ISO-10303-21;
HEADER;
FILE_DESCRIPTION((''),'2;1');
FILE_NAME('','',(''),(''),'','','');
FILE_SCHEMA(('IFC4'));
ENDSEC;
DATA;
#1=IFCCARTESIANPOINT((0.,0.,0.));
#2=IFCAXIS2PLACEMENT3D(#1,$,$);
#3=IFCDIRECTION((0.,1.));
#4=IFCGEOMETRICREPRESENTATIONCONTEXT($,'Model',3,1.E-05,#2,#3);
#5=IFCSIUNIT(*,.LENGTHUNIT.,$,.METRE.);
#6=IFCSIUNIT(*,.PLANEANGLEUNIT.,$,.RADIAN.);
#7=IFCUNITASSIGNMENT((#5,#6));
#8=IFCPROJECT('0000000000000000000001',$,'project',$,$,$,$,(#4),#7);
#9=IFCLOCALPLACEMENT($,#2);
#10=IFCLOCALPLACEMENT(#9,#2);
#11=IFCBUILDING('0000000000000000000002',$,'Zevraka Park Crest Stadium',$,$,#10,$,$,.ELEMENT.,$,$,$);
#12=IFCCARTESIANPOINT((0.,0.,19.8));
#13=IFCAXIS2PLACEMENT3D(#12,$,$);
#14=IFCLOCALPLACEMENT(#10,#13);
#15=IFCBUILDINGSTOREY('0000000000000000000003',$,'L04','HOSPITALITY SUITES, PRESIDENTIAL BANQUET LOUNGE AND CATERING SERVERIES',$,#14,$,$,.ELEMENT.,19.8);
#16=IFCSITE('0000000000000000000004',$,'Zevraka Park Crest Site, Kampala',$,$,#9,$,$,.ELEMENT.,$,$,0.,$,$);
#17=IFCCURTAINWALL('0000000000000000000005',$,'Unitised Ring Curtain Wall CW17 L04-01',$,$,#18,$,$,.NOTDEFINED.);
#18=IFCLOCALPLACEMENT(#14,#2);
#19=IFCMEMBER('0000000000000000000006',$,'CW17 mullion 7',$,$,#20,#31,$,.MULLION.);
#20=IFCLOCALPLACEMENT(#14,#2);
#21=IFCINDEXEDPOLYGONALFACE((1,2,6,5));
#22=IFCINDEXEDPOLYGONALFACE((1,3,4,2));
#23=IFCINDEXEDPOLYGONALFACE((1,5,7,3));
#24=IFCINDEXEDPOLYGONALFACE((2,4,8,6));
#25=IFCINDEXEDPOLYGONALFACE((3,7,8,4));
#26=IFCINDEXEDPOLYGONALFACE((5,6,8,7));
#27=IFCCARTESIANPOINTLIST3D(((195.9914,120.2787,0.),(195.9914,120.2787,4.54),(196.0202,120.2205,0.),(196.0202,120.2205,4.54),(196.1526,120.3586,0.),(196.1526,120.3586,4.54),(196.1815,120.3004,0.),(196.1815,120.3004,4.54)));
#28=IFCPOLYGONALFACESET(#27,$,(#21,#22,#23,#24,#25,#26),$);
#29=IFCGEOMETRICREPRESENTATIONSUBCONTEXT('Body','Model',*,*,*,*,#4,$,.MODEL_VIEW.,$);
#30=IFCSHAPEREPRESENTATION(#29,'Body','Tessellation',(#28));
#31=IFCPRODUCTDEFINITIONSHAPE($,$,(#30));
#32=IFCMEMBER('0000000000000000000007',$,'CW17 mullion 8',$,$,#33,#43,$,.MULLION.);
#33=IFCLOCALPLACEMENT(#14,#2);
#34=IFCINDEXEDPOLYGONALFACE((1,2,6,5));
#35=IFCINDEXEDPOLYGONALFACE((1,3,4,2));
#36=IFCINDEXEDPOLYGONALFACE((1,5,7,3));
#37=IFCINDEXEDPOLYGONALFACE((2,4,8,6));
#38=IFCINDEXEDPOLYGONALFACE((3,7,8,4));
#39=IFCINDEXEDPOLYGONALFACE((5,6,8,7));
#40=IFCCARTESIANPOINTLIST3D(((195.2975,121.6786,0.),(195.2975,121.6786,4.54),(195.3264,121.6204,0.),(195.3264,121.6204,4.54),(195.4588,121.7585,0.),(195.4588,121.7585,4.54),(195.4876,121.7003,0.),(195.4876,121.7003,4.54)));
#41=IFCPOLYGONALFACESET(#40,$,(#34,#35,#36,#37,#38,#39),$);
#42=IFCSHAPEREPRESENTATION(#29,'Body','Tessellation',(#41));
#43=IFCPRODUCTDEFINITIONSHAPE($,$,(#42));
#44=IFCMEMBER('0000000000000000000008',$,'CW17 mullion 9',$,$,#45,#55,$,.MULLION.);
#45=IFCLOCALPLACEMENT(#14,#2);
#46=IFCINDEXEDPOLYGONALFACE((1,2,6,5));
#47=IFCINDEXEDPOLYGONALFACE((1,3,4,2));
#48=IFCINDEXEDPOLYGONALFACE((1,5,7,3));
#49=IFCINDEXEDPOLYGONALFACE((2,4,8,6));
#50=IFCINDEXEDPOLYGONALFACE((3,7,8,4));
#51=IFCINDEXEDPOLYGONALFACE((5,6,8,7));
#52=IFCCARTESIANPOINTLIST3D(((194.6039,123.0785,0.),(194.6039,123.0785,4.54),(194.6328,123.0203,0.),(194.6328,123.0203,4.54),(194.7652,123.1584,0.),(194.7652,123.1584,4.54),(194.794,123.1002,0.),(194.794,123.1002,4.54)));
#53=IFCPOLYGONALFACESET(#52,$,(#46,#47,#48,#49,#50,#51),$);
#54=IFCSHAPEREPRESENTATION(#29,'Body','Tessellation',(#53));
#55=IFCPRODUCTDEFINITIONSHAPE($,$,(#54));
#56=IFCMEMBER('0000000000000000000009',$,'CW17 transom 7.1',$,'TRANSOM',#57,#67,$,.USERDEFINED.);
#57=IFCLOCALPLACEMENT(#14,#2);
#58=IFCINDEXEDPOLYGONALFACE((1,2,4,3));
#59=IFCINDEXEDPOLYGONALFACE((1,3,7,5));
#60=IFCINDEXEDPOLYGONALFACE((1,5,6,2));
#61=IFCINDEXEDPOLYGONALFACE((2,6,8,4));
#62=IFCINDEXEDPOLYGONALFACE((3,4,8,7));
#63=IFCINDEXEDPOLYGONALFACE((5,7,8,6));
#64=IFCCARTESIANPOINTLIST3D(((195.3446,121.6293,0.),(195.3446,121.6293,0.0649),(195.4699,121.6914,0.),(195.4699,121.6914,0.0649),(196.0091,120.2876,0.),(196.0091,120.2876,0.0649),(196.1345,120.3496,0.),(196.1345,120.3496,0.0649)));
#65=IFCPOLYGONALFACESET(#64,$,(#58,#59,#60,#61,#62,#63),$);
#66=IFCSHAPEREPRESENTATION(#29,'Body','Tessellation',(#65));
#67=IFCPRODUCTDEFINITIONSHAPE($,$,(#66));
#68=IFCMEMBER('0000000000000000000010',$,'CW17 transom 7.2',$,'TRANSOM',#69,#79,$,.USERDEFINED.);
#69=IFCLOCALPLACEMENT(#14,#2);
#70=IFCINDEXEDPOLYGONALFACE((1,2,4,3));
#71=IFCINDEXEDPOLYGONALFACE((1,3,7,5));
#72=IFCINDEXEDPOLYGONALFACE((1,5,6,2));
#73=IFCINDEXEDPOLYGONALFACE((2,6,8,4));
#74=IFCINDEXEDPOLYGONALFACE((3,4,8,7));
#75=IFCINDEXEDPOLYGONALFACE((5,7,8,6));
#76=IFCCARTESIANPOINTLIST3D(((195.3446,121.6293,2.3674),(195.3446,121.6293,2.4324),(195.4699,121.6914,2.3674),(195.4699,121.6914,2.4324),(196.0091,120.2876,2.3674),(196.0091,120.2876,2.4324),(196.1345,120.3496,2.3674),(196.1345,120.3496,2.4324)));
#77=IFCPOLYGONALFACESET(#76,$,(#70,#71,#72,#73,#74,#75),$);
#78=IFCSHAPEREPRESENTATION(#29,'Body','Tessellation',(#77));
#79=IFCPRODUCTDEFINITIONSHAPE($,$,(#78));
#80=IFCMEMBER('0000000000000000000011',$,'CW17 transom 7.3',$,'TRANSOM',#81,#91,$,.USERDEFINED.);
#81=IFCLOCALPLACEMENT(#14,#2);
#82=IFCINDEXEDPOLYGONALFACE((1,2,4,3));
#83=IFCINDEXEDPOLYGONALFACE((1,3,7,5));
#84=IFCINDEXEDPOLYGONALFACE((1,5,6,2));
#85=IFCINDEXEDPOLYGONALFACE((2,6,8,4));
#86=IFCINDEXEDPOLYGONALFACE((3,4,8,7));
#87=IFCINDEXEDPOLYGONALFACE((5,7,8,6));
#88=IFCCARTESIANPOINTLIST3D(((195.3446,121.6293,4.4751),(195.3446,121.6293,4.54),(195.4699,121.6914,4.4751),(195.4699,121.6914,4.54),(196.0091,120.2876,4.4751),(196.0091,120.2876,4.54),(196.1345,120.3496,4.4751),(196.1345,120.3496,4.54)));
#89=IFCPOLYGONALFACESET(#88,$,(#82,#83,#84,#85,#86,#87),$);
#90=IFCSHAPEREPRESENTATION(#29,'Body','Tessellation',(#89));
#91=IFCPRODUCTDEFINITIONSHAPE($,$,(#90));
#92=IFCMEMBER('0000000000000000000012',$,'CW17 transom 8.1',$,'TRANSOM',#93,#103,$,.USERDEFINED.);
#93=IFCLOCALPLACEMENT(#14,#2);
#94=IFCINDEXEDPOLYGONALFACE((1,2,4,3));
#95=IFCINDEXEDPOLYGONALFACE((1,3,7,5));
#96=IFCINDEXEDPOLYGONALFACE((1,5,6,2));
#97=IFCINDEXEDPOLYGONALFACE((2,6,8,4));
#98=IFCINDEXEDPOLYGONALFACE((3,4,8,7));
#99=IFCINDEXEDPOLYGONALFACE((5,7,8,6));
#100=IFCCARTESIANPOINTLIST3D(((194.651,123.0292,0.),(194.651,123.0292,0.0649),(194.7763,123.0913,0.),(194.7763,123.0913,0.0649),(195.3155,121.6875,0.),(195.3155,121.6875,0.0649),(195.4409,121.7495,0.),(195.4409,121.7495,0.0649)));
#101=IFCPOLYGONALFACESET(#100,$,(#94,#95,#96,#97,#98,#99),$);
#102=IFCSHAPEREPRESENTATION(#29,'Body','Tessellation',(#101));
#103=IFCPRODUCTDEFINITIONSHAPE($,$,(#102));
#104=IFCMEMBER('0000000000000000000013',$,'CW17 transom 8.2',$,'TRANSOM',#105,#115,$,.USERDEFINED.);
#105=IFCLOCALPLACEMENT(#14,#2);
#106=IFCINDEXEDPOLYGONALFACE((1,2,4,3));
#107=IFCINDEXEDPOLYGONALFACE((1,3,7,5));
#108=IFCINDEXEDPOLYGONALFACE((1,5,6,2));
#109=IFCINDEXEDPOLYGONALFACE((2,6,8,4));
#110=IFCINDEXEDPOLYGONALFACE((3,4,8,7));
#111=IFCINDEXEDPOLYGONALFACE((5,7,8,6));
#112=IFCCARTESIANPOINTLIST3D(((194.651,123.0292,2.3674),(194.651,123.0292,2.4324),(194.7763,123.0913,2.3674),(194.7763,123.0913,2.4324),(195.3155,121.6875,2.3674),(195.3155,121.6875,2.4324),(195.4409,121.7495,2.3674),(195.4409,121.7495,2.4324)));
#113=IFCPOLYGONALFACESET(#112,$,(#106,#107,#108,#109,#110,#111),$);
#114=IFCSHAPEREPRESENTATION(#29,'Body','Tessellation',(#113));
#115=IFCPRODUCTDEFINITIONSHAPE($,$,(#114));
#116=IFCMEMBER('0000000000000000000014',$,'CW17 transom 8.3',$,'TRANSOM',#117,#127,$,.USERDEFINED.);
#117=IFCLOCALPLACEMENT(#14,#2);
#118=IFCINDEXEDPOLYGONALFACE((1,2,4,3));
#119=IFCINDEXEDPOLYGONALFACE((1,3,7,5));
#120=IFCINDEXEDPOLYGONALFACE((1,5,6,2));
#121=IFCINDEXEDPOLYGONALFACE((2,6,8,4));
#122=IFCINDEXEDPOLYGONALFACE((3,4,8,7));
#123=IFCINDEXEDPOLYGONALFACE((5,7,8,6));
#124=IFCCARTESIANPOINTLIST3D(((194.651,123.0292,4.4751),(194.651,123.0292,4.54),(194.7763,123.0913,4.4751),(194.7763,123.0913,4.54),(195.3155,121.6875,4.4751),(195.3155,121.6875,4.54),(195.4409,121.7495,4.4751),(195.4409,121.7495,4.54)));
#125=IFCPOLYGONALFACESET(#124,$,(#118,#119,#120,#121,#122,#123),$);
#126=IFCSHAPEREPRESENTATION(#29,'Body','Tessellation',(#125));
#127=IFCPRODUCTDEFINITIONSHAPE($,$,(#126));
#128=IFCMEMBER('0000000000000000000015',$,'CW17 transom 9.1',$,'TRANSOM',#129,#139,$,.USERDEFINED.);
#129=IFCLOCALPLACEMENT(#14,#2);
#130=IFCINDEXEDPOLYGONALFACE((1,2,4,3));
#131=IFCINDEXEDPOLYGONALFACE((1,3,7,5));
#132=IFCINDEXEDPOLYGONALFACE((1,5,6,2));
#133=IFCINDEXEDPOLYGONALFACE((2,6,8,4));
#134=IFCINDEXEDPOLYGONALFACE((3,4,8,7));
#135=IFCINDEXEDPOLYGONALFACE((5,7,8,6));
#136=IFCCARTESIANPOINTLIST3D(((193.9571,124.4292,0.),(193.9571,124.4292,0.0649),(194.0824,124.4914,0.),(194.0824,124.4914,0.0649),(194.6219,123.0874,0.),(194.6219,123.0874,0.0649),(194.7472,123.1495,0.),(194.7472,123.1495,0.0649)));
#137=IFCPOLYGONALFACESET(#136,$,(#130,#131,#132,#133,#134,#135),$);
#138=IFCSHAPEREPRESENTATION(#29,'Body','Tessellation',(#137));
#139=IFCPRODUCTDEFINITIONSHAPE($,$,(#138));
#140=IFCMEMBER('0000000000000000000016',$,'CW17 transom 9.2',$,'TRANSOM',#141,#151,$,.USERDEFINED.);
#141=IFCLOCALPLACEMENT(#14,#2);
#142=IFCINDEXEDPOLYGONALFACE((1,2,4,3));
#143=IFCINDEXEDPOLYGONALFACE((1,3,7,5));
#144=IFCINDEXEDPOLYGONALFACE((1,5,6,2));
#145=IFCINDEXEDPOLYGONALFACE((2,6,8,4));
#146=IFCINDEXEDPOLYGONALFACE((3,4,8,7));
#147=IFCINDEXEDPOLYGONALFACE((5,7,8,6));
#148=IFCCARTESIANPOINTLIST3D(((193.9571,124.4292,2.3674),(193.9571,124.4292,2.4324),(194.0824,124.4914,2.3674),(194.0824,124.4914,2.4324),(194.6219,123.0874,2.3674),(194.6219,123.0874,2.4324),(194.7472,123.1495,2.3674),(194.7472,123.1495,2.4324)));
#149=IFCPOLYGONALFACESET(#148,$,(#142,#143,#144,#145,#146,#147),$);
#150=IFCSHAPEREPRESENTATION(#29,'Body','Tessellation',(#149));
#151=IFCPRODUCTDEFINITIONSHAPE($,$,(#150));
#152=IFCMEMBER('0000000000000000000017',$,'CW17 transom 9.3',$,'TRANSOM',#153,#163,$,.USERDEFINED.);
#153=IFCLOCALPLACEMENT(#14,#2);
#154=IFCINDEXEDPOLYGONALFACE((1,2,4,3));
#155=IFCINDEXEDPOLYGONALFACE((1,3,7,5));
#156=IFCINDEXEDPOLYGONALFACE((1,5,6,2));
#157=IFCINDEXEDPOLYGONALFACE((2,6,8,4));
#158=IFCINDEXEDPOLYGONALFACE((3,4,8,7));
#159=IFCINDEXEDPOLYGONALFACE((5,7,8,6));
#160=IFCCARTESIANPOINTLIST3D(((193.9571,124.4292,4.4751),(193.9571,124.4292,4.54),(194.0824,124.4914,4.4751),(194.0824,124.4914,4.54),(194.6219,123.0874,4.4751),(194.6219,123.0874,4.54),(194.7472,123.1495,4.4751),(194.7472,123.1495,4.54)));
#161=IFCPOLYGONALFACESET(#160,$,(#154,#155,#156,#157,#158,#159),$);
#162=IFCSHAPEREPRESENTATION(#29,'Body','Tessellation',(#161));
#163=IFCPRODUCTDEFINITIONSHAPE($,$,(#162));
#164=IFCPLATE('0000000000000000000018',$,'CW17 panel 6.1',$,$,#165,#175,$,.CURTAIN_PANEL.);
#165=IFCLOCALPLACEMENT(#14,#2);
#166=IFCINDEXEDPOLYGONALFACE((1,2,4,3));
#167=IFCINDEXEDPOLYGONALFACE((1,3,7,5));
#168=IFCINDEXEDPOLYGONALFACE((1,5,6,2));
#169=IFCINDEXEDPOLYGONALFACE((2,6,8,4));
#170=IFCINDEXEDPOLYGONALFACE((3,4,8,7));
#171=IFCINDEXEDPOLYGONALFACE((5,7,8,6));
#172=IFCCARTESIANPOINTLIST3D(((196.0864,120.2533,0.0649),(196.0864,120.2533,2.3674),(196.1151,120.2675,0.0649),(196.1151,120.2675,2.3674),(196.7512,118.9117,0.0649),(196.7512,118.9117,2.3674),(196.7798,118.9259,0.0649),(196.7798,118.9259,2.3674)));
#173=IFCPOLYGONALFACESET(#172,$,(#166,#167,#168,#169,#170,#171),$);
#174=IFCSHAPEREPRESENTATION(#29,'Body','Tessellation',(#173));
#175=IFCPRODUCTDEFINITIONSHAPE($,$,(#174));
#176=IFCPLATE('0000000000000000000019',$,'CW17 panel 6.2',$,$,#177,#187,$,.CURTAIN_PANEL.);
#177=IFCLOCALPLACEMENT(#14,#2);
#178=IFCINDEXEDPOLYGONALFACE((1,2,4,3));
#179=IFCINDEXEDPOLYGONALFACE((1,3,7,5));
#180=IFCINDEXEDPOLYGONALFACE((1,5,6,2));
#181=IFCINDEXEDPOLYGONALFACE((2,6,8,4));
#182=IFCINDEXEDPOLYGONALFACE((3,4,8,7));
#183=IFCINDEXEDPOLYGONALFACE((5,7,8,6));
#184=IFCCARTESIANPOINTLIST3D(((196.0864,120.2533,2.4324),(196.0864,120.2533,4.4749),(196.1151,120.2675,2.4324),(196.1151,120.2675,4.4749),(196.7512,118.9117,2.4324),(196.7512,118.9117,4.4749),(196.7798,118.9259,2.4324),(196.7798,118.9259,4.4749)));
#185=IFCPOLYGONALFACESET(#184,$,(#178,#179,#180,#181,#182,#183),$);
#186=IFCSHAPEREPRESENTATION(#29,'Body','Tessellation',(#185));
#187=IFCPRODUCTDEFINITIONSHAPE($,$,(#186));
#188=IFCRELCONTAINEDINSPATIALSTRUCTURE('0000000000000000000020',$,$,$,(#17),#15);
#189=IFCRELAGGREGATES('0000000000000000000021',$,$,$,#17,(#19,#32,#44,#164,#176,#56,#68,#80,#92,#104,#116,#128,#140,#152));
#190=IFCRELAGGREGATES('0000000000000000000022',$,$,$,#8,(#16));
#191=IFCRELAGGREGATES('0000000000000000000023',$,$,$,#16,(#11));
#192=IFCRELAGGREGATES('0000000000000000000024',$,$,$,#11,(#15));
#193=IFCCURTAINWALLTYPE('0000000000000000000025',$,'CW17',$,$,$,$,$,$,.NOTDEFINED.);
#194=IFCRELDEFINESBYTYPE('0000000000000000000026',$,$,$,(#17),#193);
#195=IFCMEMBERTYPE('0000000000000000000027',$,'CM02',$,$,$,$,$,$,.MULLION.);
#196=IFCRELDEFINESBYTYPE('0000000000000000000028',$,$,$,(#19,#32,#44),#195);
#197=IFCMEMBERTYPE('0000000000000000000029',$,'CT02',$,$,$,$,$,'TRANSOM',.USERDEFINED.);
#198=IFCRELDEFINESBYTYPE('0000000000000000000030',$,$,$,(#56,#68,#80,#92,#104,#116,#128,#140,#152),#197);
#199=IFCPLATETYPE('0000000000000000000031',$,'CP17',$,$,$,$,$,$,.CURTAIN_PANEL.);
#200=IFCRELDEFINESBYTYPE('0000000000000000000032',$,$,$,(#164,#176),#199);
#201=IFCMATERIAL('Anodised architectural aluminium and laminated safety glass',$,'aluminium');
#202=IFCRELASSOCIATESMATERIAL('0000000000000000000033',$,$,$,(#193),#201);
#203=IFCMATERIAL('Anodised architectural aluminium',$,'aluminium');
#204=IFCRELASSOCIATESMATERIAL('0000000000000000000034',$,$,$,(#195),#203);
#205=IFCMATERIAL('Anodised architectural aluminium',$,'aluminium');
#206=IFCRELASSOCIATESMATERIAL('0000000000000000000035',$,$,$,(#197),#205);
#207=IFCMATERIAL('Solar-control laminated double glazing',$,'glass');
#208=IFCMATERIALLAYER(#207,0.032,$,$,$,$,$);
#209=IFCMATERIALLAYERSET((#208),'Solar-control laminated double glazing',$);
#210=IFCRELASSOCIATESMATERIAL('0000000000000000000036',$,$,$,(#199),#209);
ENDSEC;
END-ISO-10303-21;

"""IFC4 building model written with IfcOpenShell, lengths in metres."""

from ifc_helpers import new_model, si_unit, direction, frame, origin, origin_2d, place, context, subcontext, project, spatial, rectangle, extrude, material, layer, layer_set, material_profile, profile_set, type_object, element, aggregate, save


model = new_model("IFC4")

# Units and contexts
model_context = context("Model", 3, precision=1e-05, world=origin(), true_north=direction((0.0, 1.0)))
body_context = subcontext(model_context, "Body", "Model", "MODEL_VIEW")
ifc_project = project(units=[si_unit("LENGTHUNIT", "METRE"), si_unit("PLANEANGLEUNIT", "RADIAN")], contexts=[model_context])

# Site, building, storey
site_placement = place(None, origin())
site = spatial("IfcSite", under=ifc_project, at=site_placement, Name="Zevraka Park Crest Site, Kampala", CompositionType="ELEMENT", RefElevation=0.0)
building_placement = place(site_placement, origin())
building = spatial("IfcBuilding", under=site, at=building_placement, Name="Zevraka Park Crest Stadium", CompositionType="ELEMENT")
storey_placement = place(building_placement, frame((0.0, 0.0, 19.8)))
storey = spatial("IfcBuildingStorey", under=building, at=storey_placement, Name="L04", Description="HOSPITALITY SUITES, PRESIDENTIAL BANQUET LOUNGE AND CATERING SERVERIES", CompositionType="ELEMENT", Elevation=19.8)

# Curtain wall, members, plates
ifc_material_1 = material(Name="Anodised architectural aluminium and laminated safety glass", Category="aluminium")
curtain_wall_type = type_object("IfcCurtainWallType", Name="CW17", PredefinedType="NOTDEFINED", material=ifc_material_1)
curtain_wall_placement = place(storey_placement, origin())
curtain_wall = element("IfcCurtainWall", 1, at=curtain_wall_placement, inside=storey, type_object=curtain_wall_type, Name="Unitised Ring Curtain Wall CW17 L04-01", PredefinedType="NOTDEFINED")
ifc_material_2 = material(Name="Anodised architectural aluminium", Category="aluminium")
ifc_material_profile_1 = material_profile(ifc_material_2, rectangle(XDim=0.1799, YDim=0.0649, at=origin_2d()), Name="ALU MULLION 180x65")
ifc_profile_set_1 = profile_set([ifc_material_profile_1], Name="Anodised architectural aluminium")
member_type_1 = type_object("IfcMemberType", Name="CM02", PredefinedType="MULLION", material=ifc_profile_set_1)
member_1_placement = place(storey_placement, frame((196.0864, 120.2896, 0.0), z_axis=(0.0, 0.0, 1.0), x_axis=(-0.896046, -0.443961, 0.0)))
member_1 = element("IfcMember", 2, at=member_1_placement, type_object=member_type_1, Name="CW17 mullion 7", PredefinedType="MULLION", context=body_context, shape_type="SweptSolid", body=[
    extrude(rectangle(XDim=0.1799, YDim=0.0649, at=origin_2d()), origin(), (0.0, 0.0, 1.0), 4.54),
])
member_2_placement = place(storey_placement, frame((195.3926, 121.6895, 0.0), z_axis=(0.0, 0.0, 1.0), x_axis=(-0.896046, -0.443961, 0.0)))
member_2 = element("IfcMember", 3, at=member_2_placement, type_object=member_type_1, Name="CW17 mullion 8", PredefinedType="MULLION", context=body_context, shape_type="SweptSolid", body=[
    extrude(rectangle(XDim=0.1799, YDim=0.0649, at=origin_2d()), origin(), (0.0, 0.0, 1.0), 4.54),
])
member_3_placement = place(storey_placement, frame((194.699, 123.0894, 0.0), z_axis=(0.0, 0.0, 1.0), x_axis=(-0.896046, -0.443961, 0.0)))
member_3 = element("IfcMember", 4, at=member_3_placement, type_object=member_type_1, Name="CW17 mullion 9", PredefinedType="MULLION", context=body_context, shape_type="SweptSolid", body=[
    extrude(rectangle(XDim=0.1799, YDim=0.0649, at=origin_2d()), origin(), (0.0, 0.0, 1.0), 4.54),
])
ifc_material_3 = material(Name="Anodised architectural aluminium", Category="aluminium")
ifc_material_profile_2 = material_profile(ifc_material_3, rectangle(XDim=0.1399, YDim=0.0649, at=origin_2d()), Name="ALU TRANSOM 140x65")
ifc_profile_set_2 = profile_set([ifc_material_profile_2], Name="Anodised architectural aluminium")
member_type_2 = type_object("IfcMemberType", Name="CT02", ElementType="TRANSOM", PredefinedType="USERDEFINED", material=ifc_profile_set_2)
member_4_placement = place(storey_placement, frame((196.0718, 120.3186, 0.0325), z_axis=(-0.443819, 0.896116, 0.0), x_axis=(-0.896116, -0.443819, 0.0)))
member_4 = element("IfcMember", 5, at=member_4_placement, type_object=member_type_2, Name="CW17 transom 7.1", ObjectType="TRANSOM", PredefinedType="USERDEFINED", context=body_context, shape_type="SweptSolid", body=[
    extrude(rectangle(XDim=0.1399, YDim=0.0649, at=origin_2d()), origin(), (0.0, 0.0, 1.0), 1.4973),
])
member_5_placement = place(storey_placement, frame((196.0718, 120.3186, 2.3999), z_axis=(-0.443819, 0.896116, 0.0), x_axis=(-0.896116, -0.443819, 0.0)))
member_5 = element("IfcMember", 6, at=member_5_placement, type_object=member_type_2, Name="CW17 transom 7.2", ObjectType="TRANSOM", PredefinedType="USERDEFINED", context=body_context, shape_type="SweptSolid", body=[
    extrude(rectangle(XDim=0.1399, YDim=0.0649, at=origin_2d()), origin(), (0.0, 0.0, 1.0), 1.4973),
])
member_6_placement = place(storey_placement, frame((196.0718, 120.3186, 4.5076), z_axis=(-0.443819, 0.896116, 0.0), x_axis=(-0.896116, -0.443819, 0.0)))
member_6 = element("IfcMember", 7, at=member_6_placement, type_object=member_type_2, Name="CW17 transom 7.3", ObjectType="TRANSOM", PredefinedType="USERDEFINED", context=body_context, shape_type="SweptSolid", body=[
    extrude(rectangle(XDim=0.1399, YDim=0.0649, at=origin_2d()), origin(), (0.0, 0.0, 1.0), 1.4973),
])
member_7_placement = place(storey_placement, frame((195.3782, 121.7185, 0.0325), z_axis=(-0.443819, 0.896116, 0.0), x_axis=(-0.896116, -0.443819, 0.0)))
member_7 = element("IfcMember", 8, at=member_7_placement, type_object=member_type_2, Name="CW17 transom 8.1", ObjectType="TRANSOM", PredefinedType="USERDEFINED", context=body_context, shape_type="SweptSolid", body=[
    extrude(rectangle(XDim=0.1399, YDim=0.0649, at=origin_2d()), origin(), (0.0, 0.0, 1.0), 1.4973),
])
member_8_placement = place(storey_placement, frame((195.3782, 121.7185, 2.3999), z_axis=(-0.443819, 0.896116, 0.0), x_axis=(-0.896116, -0.443819, 0.0)))
member_8 = element("IfcMember", 9, at=member_8_placement, type_object=member_type_2, Name="CW17 transom 8.2", ObjectType="TRANSOM", PredefinedType="USERDEFINED", context=body_context, shape_type="SweptSolid", body=[
    extrude(rectangle(XDim=0.1399, YDim=0.0649, at=origin_2d()), origin(), (0.0, 0.0, 1.0), 1.4973),
])
member_9_placement = place(storey_placement, frame((195.3782, 121.7185, 4.5076), z_axis=(-0.443819, 0.896116, 0.0), x_axis=(-0.896116, -0.443819, 0.0)))
member_9 = element("IfcMember", 10, at=member_9_placement, type_object=member_type_2, Name="CW17 transom 8.3", ObjectType="TRANSOM", PredefinedType="USERDEFINED", context=body_context, shape_type="SweptSolid", body=[
    extrude(rectangle(XDim=0.1399, YDim=0.0649, at=origin_2d()), origin(), (0.0, 0.0, 1.0), 1.4973),
])
member_10_placement = place(storey_placement, frame((194.6846, 123.1184, 0.0325), z_axis=(-0.44395, 0.896052, 0.0), x_axis=(-0.896052, -0.44395, 0.0)))
member_10 = element("IfcMember", 11, at=member_10_placement, type_object=member_type_2, Name="CW17 transom 9.1", ObjectType="TRANSOM", PredefinedType="USERDEFINED", context=body_context, shape_type="SweptSolid", body=[
    extrude(rectangle(XDim=0.1399, YDim=0.0649, at=origin_2d()), origin(), (0.0, 0.0, 1.0), 1.4976),
])
member_11_placement = place(storey_placement, frame((194.6846, 123.1184, 2.3999), z_axis=(-0.44395, 0.896052, 0.0), x_axis=(-0.896052, -0.44395, 0.0)))
member_11 = element("IfcMember", 12, at=member_11_placement, type_object=member_type_2, Name="CW17 transom 9.2", ObjectType="TRANSOM", PredefinedType="USERDEFINED", context=body_context, shape_type="SweptSolid", body=[
    extrude(rectangle(XDim=0.1399, YDim=0.0649, at=origin_2d()), origin(), (0.0, 0.0, 1.0), 1.4976),
])
member_12_placement = place(storey_placement, frame((194.6846, 123.1184, 4.5076), z_axis=(-0.44395, 0.896052, 0.0), x_axis=(-0.896052, -0.44395, 0.0)))
member_12 = element("IfcMember", 13, at=member_12_placement, type_object=member_type_2, Name="CW17 transom 9.3", ObjectType="TRANSOM", PredefinedType="USERDEFINED", context=body_context, shape_type="SweptSolid", body=[
    extrude(rectangle(XDim=0.1399, YDim=0.0649, at=origin_2d()), origin(), (0.0, 0.0, 1.0), 1.4976),
])
ifc_material_4 = material(Name="Solar-control laminated double glazing", Category="glass")
ifc_layer_1 = layer(ifc_material_4, 0.032)
ifc_layer_set_1 = layer_set([ifc_layer_1], Name="Solar-control laminated double glazing")
plate_type = type_object("IfcPlateType", Name="CP17", PredefinedType="CURTAIN_PANEL", material=ifc_layer_set_1)
plate_1_placement = place(storey_placement, frame((196.4331, 119.5896, 0.0649), z_axis=(0.0, 0.0, 1.0), x_axis=(-0.443961, 0.896046, 0.0)))
plate_1 = element("IfcPlate", 14, at=plate_1_placement, type_object=plate_type, Name="CW17 panel 6.1", PredefinedType="CURTAIN_PANEL", context=body_context, shape_type="SweptSolid", body=[
    extrude(rectangle(XDim=1.4973, YDim=0.032, at=origin_2d()), origin(), (0.0, 0.0, 1.0), 2.3025),
])
plate_2_placement = place(storey_placement, frame((196.4331, 119.5896, 2.4324), z_axis=(0.0, 0.0, 1.0), x_axis=(-0.443961, 0.896046, 0.0)))
plate_2 = element("IfcPlate", 15, at=plate_2_placement, type_object=plate_type, Name="CW17 panel 6.2", PredefinedType="CURTAIN_PANEL", context=body_context, shape_type="SweptSolid", body=[
    extrude(rectangle(XDim=1.4973, YDim=0.032, at=origin_2d()), origin(), (0.0, 0.0, 1.0), 2.0425),
])
aggregate(curtain_wall, [member_1, member_2, member_3, plate_1, plate_2, member_4, member_5, member_6, member_7, member_8, member_9, member_10, member_11, member_12])

save(model, "model.ifc")
